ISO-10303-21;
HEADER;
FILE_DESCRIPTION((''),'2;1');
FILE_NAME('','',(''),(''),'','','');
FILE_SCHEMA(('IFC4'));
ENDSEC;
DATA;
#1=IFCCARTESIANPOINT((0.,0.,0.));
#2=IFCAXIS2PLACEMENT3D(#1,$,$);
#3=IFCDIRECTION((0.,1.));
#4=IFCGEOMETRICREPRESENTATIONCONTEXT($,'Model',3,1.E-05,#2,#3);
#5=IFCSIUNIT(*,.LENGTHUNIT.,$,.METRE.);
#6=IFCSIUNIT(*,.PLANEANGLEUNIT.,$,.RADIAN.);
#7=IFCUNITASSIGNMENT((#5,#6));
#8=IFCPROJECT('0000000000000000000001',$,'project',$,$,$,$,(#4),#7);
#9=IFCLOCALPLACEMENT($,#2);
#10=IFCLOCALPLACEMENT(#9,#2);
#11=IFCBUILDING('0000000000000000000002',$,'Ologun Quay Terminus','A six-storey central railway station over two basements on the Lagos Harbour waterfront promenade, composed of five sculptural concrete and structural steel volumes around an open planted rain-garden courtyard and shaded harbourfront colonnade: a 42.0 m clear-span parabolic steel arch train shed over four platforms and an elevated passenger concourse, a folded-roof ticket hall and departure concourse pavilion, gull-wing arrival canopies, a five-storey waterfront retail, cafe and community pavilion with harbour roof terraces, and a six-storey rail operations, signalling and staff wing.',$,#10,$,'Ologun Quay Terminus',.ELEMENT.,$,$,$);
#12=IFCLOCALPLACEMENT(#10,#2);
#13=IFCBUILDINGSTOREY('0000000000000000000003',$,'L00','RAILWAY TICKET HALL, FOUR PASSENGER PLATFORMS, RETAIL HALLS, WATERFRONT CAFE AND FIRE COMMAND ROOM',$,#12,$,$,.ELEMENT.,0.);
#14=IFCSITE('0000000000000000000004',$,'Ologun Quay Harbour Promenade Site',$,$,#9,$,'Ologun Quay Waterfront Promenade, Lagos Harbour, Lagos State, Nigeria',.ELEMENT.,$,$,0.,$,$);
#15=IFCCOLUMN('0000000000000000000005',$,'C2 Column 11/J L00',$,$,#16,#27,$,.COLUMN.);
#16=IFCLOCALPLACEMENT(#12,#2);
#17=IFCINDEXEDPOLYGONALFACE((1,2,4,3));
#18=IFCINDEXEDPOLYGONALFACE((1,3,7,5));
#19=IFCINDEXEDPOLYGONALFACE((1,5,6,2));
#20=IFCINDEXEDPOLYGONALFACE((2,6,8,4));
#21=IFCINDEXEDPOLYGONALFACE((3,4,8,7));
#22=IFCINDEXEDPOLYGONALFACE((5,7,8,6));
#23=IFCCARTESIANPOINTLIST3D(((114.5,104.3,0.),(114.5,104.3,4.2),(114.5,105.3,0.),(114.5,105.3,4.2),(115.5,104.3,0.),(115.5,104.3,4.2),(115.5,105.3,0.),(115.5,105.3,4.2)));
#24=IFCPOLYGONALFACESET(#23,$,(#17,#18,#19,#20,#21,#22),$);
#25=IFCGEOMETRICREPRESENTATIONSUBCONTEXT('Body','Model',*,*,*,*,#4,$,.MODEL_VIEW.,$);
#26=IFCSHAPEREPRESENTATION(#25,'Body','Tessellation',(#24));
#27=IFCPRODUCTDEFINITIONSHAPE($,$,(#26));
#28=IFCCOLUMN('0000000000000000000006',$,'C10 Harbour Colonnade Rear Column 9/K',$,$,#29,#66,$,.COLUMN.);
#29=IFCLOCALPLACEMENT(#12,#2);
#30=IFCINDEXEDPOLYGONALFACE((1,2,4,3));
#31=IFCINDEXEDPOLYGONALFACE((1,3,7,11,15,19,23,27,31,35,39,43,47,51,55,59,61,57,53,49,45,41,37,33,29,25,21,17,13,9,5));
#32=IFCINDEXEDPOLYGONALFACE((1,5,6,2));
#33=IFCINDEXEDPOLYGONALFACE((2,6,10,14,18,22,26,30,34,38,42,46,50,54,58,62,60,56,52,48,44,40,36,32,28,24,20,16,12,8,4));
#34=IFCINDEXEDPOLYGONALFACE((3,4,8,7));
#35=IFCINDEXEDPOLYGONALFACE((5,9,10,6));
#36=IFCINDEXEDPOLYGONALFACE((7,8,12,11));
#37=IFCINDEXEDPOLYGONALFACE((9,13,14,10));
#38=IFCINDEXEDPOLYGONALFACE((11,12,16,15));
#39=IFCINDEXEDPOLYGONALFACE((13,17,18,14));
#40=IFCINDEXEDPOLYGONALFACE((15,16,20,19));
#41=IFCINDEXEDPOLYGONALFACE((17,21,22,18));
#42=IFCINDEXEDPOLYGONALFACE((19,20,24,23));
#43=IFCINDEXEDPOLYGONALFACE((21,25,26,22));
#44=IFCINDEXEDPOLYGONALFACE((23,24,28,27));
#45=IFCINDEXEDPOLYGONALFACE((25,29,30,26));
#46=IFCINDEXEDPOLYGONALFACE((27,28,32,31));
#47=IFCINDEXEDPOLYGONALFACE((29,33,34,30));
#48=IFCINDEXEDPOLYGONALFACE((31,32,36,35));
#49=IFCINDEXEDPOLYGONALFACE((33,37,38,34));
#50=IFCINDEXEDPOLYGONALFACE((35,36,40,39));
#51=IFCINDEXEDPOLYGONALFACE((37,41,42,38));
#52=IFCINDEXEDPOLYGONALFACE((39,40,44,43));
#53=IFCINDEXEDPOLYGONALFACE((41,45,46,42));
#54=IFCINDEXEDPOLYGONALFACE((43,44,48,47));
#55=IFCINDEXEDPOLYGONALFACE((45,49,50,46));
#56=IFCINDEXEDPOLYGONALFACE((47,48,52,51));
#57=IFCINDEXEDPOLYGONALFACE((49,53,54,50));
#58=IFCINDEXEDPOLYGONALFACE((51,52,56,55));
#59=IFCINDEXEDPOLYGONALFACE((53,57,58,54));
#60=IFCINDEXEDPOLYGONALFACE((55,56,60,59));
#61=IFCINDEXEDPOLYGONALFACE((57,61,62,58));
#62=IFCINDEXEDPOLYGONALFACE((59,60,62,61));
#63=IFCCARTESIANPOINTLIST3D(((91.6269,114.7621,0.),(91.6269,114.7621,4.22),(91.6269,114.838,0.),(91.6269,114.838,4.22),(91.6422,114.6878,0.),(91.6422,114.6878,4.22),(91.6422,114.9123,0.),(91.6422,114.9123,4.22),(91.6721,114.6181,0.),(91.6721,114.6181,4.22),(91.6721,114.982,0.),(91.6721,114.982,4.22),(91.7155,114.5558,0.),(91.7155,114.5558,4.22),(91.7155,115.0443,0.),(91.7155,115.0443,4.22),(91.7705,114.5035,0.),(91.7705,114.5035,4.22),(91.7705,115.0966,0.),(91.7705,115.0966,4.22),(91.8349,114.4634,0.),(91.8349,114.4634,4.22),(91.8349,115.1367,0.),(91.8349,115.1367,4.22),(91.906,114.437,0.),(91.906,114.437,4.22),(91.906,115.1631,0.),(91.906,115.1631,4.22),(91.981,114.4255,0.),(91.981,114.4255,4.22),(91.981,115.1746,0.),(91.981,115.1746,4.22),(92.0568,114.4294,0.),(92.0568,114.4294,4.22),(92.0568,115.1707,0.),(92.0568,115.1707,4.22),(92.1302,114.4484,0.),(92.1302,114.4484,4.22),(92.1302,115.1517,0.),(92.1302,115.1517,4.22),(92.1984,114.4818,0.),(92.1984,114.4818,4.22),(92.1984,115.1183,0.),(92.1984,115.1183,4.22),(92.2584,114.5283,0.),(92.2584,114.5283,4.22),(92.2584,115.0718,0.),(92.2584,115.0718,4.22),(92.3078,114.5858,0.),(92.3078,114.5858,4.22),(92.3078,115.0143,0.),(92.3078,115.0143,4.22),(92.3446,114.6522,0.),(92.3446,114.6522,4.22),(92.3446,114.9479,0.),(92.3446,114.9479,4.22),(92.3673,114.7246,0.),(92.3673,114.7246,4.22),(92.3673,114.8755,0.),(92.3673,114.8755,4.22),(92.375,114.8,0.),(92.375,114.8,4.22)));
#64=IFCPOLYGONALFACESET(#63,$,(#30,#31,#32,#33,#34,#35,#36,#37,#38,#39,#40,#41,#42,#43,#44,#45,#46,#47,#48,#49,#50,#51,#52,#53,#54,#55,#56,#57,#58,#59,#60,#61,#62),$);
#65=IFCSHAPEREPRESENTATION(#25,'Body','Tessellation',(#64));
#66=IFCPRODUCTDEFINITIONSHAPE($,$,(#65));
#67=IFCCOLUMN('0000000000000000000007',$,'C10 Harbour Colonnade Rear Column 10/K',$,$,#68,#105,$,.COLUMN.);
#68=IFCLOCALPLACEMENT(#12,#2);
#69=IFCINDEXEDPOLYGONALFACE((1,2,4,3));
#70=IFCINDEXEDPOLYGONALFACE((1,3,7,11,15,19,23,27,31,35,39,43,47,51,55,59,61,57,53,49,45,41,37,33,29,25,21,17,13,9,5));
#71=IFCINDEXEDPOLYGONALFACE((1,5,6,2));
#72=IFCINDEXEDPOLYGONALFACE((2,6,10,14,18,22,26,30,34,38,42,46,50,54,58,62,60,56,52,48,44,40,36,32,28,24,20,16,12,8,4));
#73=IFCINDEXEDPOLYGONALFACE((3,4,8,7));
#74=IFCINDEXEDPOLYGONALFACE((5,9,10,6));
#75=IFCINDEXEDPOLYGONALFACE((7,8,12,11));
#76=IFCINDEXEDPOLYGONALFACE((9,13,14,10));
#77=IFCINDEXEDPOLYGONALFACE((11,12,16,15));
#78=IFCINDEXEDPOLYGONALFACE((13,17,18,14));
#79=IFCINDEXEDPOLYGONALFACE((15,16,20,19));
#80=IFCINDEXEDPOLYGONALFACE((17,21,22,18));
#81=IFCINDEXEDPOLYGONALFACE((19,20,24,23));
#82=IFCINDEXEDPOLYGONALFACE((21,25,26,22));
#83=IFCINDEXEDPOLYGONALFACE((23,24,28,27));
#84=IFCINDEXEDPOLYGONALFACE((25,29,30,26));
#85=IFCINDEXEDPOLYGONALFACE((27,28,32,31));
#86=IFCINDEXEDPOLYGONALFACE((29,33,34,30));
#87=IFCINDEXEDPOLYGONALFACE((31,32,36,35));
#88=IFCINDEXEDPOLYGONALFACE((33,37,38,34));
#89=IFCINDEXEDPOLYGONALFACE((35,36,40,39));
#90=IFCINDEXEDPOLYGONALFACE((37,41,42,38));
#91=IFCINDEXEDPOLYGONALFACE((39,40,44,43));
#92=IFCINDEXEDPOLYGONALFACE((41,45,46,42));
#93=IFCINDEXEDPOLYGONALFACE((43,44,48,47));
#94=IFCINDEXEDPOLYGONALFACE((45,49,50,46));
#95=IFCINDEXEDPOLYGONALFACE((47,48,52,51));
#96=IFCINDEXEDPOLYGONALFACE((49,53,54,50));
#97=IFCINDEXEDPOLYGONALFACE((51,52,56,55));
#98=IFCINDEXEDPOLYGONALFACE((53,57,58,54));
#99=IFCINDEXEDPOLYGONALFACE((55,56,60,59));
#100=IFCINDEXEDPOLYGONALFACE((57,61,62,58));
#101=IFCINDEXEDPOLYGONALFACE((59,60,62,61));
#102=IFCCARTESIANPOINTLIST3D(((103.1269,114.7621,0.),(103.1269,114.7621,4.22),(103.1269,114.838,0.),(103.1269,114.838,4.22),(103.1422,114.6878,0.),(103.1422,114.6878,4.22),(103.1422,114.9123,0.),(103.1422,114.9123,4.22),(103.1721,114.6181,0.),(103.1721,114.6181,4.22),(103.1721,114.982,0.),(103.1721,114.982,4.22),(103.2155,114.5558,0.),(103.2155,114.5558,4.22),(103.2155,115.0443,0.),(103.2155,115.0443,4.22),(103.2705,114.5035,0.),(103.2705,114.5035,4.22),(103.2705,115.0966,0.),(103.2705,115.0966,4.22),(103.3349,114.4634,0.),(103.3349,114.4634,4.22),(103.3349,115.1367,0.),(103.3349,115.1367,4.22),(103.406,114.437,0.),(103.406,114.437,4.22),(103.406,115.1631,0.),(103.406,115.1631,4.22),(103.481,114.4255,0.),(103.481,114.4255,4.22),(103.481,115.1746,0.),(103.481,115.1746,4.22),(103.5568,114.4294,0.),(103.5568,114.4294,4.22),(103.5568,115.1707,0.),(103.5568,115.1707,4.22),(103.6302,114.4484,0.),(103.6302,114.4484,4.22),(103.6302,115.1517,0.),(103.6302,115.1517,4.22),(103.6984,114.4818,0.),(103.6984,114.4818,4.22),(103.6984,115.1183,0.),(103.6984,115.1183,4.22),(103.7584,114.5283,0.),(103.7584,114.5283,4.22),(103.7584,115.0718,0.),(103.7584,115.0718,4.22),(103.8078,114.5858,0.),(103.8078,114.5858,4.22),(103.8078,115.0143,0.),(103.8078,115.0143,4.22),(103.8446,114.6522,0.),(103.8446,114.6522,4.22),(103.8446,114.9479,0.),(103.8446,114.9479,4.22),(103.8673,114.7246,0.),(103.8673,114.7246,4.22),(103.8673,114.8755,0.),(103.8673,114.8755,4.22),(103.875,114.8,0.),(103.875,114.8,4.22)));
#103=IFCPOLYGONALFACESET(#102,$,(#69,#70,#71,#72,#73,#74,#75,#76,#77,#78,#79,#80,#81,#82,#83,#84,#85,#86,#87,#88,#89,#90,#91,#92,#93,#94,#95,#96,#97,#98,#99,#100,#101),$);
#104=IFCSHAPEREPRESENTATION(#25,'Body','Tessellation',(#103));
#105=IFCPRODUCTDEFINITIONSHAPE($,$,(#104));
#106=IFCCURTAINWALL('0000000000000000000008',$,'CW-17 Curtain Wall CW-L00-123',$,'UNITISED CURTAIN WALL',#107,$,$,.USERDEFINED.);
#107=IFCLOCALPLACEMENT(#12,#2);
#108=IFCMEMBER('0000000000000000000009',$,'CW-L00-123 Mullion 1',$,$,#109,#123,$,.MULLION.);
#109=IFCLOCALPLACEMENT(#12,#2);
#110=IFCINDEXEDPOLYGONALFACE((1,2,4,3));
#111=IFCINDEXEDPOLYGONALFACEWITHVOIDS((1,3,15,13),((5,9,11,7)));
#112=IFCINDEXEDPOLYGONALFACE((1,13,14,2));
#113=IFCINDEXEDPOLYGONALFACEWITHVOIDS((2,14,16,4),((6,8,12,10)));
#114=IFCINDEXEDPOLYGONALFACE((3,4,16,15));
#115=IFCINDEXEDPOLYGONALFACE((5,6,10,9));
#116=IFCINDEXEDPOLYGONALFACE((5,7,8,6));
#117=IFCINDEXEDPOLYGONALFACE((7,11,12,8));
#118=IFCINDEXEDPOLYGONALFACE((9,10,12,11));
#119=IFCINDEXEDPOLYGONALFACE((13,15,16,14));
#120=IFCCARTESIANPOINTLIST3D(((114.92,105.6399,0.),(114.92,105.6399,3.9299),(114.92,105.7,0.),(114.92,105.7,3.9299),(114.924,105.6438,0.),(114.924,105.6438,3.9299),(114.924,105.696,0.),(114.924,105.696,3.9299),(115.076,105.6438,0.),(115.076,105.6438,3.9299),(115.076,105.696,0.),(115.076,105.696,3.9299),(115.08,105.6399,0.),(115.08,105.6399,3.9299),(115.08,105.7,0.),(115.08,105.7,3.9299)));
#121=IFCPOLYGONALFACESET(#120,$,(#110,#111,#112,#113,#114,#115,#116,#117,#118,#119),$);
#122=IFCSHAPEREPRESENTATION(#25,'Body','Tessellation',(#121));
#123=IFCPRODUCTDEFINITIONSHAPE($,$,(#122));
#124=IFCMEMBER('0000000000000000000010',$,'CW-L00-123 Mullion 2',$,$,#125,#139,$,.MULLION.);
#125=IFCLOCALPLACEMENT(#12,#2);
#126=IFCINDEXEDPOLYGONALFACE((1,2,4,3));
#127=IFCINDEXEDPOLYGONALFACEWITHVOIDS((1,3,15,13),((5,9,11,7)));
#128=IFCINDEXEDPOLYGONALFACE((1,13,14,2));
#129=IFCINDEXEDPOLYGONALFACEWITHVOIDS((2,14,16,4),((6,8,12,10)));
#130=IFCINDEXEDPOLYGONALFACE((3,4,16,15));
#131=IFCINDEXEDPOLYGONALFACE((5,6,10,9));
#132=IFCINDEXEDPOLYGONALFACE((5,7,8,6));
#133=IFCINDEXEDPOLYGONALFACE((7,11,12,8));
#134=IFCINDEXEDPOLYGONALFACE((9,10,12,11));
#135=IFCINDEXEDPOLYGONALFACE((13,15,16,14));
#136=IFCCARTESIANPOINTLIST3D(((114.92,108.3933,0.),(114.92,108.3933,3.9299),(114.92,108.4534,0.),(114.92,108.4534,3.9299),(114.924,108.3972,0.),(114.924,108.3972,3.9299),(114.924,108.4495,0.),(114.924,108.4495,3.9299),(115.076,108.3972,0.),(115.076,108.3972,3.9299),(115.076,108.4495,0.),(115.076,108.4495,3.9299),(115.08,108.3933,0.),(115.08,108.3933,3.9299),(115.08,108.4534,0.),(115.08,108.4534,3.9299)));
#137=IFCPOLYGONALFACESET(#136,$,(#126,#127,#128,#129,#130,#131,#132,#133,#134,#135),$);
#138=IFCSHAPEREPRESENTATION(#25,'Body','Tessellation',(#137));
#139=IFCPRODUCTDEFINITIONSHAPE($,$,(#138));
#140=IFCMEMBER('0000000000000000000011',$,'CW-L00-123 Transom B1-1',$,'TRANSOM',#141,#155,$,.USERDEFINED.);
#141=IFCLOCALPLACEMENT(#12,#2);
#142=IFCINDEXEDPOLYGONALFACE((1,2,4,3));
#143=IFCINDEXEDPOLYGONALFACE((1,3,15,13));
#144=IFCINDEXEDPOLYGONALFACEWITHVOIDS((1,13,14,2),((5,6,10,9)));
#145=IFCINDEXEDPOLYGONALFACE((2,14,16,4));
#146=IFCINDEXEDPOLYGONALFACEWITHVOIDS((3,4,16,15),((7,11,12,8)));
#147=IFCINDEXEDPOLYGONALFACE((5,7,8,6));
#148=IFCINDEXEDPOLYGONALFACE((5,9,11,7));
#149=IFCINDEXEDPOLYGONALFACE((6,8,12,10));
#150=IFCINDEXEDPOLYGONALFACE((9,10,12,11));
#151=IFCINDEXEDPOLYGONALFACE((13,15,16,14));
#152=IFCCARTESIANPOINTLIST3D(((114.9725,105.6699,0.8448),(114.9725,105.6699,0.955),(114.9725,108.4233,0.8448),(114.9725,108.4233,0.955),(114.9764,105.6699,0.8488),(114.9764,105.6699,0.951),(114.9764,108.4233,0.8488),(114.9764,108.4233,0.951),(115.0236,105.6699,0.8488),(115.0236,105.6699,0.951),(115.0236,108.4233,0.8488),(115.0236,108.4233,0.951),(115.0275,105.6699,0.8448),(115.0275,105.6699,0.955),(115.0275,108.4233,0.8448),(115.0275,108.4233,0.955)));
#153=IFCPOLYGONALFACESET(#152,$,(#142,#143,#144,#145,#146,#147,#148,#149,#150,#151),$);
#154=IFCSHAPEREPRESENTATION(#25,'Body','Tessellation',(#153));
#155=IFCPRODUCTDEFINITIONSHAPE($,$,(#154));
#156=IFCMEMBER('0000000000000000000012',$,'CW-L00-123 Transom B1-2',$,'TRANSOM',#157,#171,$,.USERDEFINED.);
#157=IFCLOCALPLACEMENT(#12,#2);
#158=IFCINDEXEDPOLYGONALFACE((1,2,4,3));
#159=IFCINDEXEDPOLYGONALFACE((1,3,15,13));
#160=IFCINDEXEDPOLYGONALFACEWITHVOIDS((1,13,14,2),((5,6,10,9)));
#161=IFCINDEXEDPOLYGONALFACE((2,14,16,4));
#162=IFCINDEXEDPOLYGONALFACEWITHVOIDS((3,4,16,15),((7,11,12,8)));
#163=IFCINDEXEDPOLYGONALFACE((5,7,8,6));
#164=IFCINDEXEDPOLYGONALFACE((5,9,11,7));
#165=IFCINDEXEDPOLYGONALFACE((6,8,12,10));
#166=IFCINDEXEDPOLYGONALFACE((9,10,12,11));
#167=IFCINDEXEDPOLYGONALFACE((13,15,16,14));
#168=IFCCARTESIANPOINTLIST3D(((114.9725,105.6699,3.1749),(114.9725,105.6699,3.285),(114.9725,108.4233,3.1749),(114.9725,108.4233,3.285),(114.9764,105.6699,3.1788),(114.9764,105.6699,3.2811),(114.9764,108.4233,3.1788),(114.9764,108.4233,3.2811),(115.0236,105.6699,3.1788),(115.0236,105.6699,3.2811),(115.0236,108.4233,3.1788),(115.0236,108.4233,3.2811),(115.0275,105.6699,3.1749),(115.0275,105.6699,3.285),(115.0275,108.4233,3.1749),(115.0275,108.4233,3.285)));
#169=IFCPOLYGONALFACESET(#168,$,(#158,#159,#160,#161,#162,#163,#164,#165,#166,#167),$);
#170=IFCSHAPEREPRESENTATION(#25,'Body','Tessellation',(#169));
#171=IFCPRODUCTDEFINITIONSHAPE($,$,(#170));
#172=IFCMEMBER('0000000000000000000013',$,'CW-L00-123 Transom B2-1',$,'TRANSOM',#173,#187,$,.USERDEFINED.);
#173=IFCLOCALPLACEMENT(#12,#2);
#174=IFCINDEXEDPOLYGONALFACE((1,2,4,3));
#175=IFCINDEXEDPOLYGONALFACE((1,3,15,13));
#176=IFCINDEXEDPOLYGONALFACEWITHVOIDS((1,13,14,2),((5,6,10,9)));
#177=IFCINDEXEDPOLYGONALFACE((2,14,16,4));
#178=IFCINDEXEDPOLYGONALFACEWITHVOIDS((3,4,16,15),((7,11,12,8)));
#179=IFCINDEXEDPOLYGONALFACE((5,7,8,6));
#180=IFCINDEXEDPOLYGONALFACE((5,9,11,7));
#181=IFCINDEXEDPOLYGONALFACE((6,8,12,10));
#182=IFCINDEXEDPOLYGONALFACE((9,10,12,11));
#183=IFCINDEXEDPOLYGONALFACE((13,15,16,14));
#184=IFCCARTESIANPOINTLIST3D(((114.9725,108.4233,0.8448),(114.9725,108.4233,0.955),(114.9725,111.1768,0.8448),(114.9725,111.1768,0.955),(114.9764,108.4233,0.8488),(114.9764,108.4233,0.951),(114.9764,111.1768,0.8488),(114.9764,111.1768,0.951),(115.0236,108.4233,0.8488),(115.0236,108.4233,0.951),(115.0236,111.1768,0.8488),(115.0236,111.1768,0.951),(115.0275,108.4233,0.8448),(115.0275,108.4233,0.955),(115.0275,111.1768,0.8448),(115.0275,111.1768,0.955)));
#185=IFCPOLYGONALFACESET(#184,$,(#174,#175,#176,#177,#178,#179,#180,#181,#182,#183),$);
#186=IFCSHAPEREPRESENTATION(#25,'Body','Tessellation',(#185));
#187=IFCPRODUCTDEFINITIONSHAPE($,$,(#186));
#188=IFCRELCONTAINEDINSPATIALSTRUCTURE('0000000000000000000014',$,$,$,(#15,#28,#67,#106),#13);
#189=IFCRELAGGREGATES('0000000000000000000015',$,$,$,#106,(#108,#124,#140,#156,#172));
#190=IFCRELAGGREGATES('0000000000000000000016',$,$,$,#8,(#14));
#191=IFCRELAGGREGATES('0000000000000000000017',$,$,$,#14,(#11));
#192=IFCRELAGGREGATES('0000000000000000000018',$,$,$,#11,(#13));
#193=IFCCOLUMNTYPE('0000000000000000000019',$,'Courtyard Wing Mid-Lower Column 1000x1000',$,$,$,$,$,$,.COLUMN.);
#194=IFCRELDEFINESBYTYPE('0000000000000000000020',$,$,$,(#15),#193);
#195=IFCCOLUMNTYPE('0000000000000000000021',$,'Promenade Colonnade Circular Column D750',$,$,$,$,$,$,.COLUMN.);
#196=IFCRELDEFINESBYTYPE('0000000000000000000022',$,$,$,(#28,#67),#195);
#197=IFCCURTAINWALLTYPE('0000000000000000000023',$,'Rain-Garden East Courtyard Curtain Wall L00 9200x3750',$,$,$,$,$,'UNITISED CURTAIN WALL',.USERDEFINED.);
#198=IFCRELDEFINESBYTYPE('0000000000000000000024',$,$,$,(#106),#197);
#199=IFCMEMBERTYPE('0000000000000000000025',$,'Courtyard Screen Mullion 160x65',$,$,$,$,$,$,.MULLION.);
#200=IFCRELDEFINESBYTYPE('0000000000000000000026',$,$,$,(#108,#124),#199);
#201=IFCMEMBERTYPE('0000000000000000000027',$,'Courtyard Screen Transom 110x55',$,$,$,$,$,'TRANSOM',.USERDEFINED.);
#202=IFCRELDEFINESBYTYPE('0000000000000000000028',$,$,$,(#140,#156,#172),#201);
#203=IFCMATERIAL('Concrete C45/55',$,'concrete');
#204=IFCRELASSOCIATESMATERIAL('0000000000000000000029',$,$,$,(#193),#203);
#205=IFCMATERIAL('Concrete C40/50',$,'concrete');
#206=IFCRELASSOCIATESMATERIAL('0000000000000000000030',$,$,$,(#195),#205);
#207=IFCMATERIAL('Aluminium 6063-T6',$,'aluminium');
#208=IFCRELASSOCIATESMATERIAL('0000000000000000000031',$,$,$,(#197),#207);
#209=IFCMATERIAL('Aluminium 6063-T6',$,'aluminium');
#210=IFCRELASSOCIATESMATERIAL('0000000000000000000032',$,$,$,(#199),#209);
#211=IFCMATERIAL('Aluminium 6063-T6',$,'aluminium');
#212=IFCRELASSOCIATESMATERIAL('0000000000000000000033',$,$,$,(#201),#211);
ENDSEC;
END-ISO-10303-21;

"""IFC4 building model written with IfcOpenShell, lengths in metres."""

from ifc_helpers import new_model, si_unit, direction, frame, origin, origin_2d, place, context, subcontext, project, spatial, rectangle, hollow_rectangle, circle, extrude, material, material_profile, profile_set, type_object, element, aggregate, save


model = new_model("IFC4")

# Units and contexts
model_context = context("Model", 3, precision=1e-05, world=origin(), true_north=direction((0.0, 1.0)))
body_context = subcontext(model_context, "Body", "Model", "MODEL_VIEW")
ifc_project = project(units=[si_unit("LENGTHUNIT", "METRE"), si_unit("PLANEANGLEUNIT", "RADIAN")], contexts=[model_context])

# Site, building, storey
site_placement = place(None, origin())
site = spatial("IfcSite", under=ifc_project, at=site_placement, Name="Ologun Quay Harbour Promenade Site", LongName="Ologun Quay Waterfront Promenade, Lagos Harbour, Lagos State, Nigeria", CompositionType="ELEMENT", RefElevation=0.0)
building_placement = place(site_placement, origin())
building = spatial("IfcBuilding", under=site, at=building_placement, Name="Ologun Quay Terminus", Description="A six-storey central railway station over two basements on the Lagos Harbour waterfront promenade, composed of five sculptural concrete and structural steel volumes around an open planted rain-garden courtyard and shaded harbourfront colonnade: a 42.0 m clear-span parabolic steel arch train shed over four platforms and an elevated passenger concourse, a folded-roof ticket hall and departure concourse pavilion, gull-wing arrival canopies, a five-storey waterfront retail, cafe and community pavilion with harbour roof terraces, and a six-storey rail operations, signalling and staff wing.", LongName="Ologun Quay Terminus", CompositionType="ELEMENT")
storey_placement = place(building_placement, origin())
storey = spatial("IfcBuildingStorey", under=building, at=storey_placement, Name="L00", Description="RAILWAY TICKET HALL, FOUR PASSENGER PLATFORMS, RETAIL HALLS, WATERFRONT CAFE AND FIRE COMMAND ROOM", CompositionType="ELEMENT", Elevation=0.0)

# Columns
ifc_material_1 = material(Name="Concrete C45/55", Category="concrete")
ifc_material_profile_1 = material_profile(ifc_material_1, rectangle(XDim=1.0, YDim=1.0, at=origin_2d()), Name="RC 1000x1000")
ifc_profile_set_1 = profile_set([ifc_material_profile_1], Name="Concrete C45/55")
column_type_1 = type_object("IfcColumnType", Name="Courtyard Wing Mid-Lower Column 1000x1000", PredefinedType="COLUMN", material=ifc_profile_set_1)
column_placement = place(storey_placement, frame((115.0, 104.8, 0.0), z_axis=(0.0, 0.0, 1.0), x_axis=(1.0, 0.0, 0.0)))
element("IfcColumn", 1, at=column_placement, inside=storey, type_object=column_type_1, Name="C2 Column 11/J L00", PredefinedType="COLUMN", context=body_context, shape_type="SweptSolid", body=[
    extrude(rectangle(XDim=1.0, YDim=1.0, at=origin_2d()), origin(), (0.0, 0.0, 1.0), 4.2),
])
ifc_material_2 = material(Name="Concrete C40/50", Category="concrete")
ifc_material_profile_2 = material_profile(ifc_material_2, circle(Radius=0.375, at=origin_2d()), Name="RC D750")
ifc_profile_set_2 = profile_set([ifc_material_profile_2], Name="Concrete C40/50")
column_type_2 = type_object("IfcColumnType", Name="Promenade Colonnade Circular Column D750", PredefinedType="COLUMN", material=ifc_profile_set_2)
for number, where, z_axis, x_axis, name in (
    (2, (92.0, 114.8, 0.0), (0.0, 0.0, 1.0), (1.0, 0.0, 0.0), "C10 Harbour Colonnade Rear Column 9/K"),
    (3, (103.5, 114.8, 0.0), (0.0, 0.0, 1.0), (1.0, 0.0, 0.0), "C10 Harbour Colonnade Rear Column 10/K"),
):
    element("IfcColumn", number, at=place(storey_placement, frame(where, z_axis=z_axis, x_axis=x_axis)), inside=storey, type_object=column_type_2, Name=name, PredefinedType="COLUMN", context=body_context, shape_type="SweptSolid", body=[
        extrude(circle(Radius=0.375, at=origin_2d()), origin(), (0.0, 0.0, 1.0), 4.22),
    ])

# Curtain wall, members
ifc_material_3 = material(Name="Aluminium 6063-T6", Category="aluminium")
curtain_wall_type = type_object("IfcCurtainWallType", Name="Rain-Garden East Courtyard Curtain Wall L00 9200x3750", ElementType="UNITISED CURTAIN WALL", PredefinedType="USERDEFINED", material=ifc_material_3)
curtain_wall_placement = place(storey_placement, origin())
curtain_wall = element("IfcCurtainWall", 4, at=curtain_wall_placement, inside=storey, type_object=curtain_wall_type, Name="CW-17 Curtain Wall CW-L00-123", ObjectType="UNITISED CURTAIN WALL", PredefinedType="USERDEFINED")
ifc_material_4 = material(Name="Aluminium 6063-T6", Category="aluminium")
ifc_material_profile_3 = material_profile(ifc_material_4, hollow_rectangle(XDim=0.0601, YDim=0.1599, WallThickness=0.0039, at=origin_2d()), Name="ALU 160x60x4")
ifc_profile_set_3 = profile_set([ifc_material_profile_3], Name="Aluminium 6063-T6")
member_type_1 = type_object("IfcMemberType", Name="Courtyard Screen Mullion 160x65", PredefinedType="MULLION", material=ifc_profile_set_3)
member_1_placement = place(storey_placement, frame((115.0, 105.6699, 0.0), z_axis=(0.0, 0.0, 1.0), x_axis=(0.0, 1.0, 0.0)))
member_1 = element("IfcMember", 5, at=member_1_placement, type_object=member_type_1, Name="CW-L00-123 Mullion 1", PredefinedType="MULLION", context=body_context, shape_type="SweptSolid", body=[
    extrude(hollow_rectangle(XDim=0.0601, YDim=0.1599, WallThickness=0.0039, at=origin_2d()), origin(), (0.0, 0.0, 1.0), 3.9299),
])
member_2_placement = place(storey_placement, frame((115.0, 108.4233, 0.0), z_axis=(0.0, 0.0, 1.0), x_axis=(0.0, 1.0, 0.0)))
member_2 = element("IfcMember", 6, at=member_2_placement, type_object=member_type_1, Name="CW-L00-123 Mullion 2", PredefinedType="MULLION", context=body_context, shape_type="SweptSolid", body=[
    extrude(hollow_rectangle(XDim=0.0601, YDim=0.1599, WallThickness=0.0039, at=origin_2d()), origin(), (0.0, 0.0, 1.0), 3.9299),
])
ifc_material_5 = material(Name="Aluminium 6063-T6", Category="aluminium")
ifc_material_profile_4 = material_profile(ifc_material_5, hollow_rectangle(XDim=0.0549, YDim=0.1101, WallThickness=0.0039, at=origin_2d()), Name="ALU 110x55x4")
ifc_profile_set_4 = profile_set([ifc_material_profile_4], Name="Aluminium 6063-T6")
member_type_2 = type_object("IfcMemberType", Name="Courtyard Screen Transom 110x55", ElementType="TRANSOM", PredefinedType="USERDEFINED", material=ifc_profile_set_4)
member_3_placement = place(storey_placement, frame((115.0, 105.6699, 0.8999), z_axis=(0.0, 1.0, 0.0), x_axis=(-1.0, 0.0, 0.0)))
member_3 = element("IfcMember", 7, at=member_3_placement, type_object=member_type_2, Name="CW-L00-123 Transom B1-1", ObjectType="TRANSOM", PredefinedType="USERDEFINED", context=body_context, shape_type="SweptSolid", body=[
    extrude(hollow_rectangle(XDim=0.0549, YDim=0.1101, WallThickness=0.0039, at=origin_2d()), origin(), (0.0, 0.0, 1.0), 2.7534),
])
member_4_placement = place(storey_placement, frame((115.0, 105.6699, 3.23), z_axis=(0.0, 1.0, 0.0), x_axis=(-1.0, 0.0, 0.0)))
member_4 = element("IfcMember", 8, at=member_4_placement, type_object=member_type_2, Name="CW-L00-123 Transom B1-2", ObjectType="TRANSOM", PredefinedType="USERDEFINED", context=body_context, shape_type="SweptSolid", body=[
    extrude(hollow_rectangle(XDim=0.0549, YDim=0.1101, WallThickness=0.0039, at=origin_2d()), origin(), (0.0, 0.0, 1.0), 2.7534),
])
member_5_placement = place(storey_placement, frame((115.0, 108.4233, 0.8999), z_axis=(0.0, 1.0, 0.0), x_axis=(-1.0, 0.0, 0.0)))
member_5 = element("IfcMember", 9, at=member_5_placement, type_object=member_type_2, Name="CW-L00-123 Transom B2-1", ObjectType="TRANSOM", PredefinedType="USERDEFINED", context=body_context, shape_type="SweptSolid", body=[
    extrude(hollow_rectangle(XDim=0.0549, YDim=0.1101, WallThickness=0.0039, at=origin_2d()), origin(), (0.0, 0.0, 1.0), 2.7534),
])

aggregate(curtain_wall, [member_1, member_2, member_3, member_4, member_5])

save(model, "model.ifc")
